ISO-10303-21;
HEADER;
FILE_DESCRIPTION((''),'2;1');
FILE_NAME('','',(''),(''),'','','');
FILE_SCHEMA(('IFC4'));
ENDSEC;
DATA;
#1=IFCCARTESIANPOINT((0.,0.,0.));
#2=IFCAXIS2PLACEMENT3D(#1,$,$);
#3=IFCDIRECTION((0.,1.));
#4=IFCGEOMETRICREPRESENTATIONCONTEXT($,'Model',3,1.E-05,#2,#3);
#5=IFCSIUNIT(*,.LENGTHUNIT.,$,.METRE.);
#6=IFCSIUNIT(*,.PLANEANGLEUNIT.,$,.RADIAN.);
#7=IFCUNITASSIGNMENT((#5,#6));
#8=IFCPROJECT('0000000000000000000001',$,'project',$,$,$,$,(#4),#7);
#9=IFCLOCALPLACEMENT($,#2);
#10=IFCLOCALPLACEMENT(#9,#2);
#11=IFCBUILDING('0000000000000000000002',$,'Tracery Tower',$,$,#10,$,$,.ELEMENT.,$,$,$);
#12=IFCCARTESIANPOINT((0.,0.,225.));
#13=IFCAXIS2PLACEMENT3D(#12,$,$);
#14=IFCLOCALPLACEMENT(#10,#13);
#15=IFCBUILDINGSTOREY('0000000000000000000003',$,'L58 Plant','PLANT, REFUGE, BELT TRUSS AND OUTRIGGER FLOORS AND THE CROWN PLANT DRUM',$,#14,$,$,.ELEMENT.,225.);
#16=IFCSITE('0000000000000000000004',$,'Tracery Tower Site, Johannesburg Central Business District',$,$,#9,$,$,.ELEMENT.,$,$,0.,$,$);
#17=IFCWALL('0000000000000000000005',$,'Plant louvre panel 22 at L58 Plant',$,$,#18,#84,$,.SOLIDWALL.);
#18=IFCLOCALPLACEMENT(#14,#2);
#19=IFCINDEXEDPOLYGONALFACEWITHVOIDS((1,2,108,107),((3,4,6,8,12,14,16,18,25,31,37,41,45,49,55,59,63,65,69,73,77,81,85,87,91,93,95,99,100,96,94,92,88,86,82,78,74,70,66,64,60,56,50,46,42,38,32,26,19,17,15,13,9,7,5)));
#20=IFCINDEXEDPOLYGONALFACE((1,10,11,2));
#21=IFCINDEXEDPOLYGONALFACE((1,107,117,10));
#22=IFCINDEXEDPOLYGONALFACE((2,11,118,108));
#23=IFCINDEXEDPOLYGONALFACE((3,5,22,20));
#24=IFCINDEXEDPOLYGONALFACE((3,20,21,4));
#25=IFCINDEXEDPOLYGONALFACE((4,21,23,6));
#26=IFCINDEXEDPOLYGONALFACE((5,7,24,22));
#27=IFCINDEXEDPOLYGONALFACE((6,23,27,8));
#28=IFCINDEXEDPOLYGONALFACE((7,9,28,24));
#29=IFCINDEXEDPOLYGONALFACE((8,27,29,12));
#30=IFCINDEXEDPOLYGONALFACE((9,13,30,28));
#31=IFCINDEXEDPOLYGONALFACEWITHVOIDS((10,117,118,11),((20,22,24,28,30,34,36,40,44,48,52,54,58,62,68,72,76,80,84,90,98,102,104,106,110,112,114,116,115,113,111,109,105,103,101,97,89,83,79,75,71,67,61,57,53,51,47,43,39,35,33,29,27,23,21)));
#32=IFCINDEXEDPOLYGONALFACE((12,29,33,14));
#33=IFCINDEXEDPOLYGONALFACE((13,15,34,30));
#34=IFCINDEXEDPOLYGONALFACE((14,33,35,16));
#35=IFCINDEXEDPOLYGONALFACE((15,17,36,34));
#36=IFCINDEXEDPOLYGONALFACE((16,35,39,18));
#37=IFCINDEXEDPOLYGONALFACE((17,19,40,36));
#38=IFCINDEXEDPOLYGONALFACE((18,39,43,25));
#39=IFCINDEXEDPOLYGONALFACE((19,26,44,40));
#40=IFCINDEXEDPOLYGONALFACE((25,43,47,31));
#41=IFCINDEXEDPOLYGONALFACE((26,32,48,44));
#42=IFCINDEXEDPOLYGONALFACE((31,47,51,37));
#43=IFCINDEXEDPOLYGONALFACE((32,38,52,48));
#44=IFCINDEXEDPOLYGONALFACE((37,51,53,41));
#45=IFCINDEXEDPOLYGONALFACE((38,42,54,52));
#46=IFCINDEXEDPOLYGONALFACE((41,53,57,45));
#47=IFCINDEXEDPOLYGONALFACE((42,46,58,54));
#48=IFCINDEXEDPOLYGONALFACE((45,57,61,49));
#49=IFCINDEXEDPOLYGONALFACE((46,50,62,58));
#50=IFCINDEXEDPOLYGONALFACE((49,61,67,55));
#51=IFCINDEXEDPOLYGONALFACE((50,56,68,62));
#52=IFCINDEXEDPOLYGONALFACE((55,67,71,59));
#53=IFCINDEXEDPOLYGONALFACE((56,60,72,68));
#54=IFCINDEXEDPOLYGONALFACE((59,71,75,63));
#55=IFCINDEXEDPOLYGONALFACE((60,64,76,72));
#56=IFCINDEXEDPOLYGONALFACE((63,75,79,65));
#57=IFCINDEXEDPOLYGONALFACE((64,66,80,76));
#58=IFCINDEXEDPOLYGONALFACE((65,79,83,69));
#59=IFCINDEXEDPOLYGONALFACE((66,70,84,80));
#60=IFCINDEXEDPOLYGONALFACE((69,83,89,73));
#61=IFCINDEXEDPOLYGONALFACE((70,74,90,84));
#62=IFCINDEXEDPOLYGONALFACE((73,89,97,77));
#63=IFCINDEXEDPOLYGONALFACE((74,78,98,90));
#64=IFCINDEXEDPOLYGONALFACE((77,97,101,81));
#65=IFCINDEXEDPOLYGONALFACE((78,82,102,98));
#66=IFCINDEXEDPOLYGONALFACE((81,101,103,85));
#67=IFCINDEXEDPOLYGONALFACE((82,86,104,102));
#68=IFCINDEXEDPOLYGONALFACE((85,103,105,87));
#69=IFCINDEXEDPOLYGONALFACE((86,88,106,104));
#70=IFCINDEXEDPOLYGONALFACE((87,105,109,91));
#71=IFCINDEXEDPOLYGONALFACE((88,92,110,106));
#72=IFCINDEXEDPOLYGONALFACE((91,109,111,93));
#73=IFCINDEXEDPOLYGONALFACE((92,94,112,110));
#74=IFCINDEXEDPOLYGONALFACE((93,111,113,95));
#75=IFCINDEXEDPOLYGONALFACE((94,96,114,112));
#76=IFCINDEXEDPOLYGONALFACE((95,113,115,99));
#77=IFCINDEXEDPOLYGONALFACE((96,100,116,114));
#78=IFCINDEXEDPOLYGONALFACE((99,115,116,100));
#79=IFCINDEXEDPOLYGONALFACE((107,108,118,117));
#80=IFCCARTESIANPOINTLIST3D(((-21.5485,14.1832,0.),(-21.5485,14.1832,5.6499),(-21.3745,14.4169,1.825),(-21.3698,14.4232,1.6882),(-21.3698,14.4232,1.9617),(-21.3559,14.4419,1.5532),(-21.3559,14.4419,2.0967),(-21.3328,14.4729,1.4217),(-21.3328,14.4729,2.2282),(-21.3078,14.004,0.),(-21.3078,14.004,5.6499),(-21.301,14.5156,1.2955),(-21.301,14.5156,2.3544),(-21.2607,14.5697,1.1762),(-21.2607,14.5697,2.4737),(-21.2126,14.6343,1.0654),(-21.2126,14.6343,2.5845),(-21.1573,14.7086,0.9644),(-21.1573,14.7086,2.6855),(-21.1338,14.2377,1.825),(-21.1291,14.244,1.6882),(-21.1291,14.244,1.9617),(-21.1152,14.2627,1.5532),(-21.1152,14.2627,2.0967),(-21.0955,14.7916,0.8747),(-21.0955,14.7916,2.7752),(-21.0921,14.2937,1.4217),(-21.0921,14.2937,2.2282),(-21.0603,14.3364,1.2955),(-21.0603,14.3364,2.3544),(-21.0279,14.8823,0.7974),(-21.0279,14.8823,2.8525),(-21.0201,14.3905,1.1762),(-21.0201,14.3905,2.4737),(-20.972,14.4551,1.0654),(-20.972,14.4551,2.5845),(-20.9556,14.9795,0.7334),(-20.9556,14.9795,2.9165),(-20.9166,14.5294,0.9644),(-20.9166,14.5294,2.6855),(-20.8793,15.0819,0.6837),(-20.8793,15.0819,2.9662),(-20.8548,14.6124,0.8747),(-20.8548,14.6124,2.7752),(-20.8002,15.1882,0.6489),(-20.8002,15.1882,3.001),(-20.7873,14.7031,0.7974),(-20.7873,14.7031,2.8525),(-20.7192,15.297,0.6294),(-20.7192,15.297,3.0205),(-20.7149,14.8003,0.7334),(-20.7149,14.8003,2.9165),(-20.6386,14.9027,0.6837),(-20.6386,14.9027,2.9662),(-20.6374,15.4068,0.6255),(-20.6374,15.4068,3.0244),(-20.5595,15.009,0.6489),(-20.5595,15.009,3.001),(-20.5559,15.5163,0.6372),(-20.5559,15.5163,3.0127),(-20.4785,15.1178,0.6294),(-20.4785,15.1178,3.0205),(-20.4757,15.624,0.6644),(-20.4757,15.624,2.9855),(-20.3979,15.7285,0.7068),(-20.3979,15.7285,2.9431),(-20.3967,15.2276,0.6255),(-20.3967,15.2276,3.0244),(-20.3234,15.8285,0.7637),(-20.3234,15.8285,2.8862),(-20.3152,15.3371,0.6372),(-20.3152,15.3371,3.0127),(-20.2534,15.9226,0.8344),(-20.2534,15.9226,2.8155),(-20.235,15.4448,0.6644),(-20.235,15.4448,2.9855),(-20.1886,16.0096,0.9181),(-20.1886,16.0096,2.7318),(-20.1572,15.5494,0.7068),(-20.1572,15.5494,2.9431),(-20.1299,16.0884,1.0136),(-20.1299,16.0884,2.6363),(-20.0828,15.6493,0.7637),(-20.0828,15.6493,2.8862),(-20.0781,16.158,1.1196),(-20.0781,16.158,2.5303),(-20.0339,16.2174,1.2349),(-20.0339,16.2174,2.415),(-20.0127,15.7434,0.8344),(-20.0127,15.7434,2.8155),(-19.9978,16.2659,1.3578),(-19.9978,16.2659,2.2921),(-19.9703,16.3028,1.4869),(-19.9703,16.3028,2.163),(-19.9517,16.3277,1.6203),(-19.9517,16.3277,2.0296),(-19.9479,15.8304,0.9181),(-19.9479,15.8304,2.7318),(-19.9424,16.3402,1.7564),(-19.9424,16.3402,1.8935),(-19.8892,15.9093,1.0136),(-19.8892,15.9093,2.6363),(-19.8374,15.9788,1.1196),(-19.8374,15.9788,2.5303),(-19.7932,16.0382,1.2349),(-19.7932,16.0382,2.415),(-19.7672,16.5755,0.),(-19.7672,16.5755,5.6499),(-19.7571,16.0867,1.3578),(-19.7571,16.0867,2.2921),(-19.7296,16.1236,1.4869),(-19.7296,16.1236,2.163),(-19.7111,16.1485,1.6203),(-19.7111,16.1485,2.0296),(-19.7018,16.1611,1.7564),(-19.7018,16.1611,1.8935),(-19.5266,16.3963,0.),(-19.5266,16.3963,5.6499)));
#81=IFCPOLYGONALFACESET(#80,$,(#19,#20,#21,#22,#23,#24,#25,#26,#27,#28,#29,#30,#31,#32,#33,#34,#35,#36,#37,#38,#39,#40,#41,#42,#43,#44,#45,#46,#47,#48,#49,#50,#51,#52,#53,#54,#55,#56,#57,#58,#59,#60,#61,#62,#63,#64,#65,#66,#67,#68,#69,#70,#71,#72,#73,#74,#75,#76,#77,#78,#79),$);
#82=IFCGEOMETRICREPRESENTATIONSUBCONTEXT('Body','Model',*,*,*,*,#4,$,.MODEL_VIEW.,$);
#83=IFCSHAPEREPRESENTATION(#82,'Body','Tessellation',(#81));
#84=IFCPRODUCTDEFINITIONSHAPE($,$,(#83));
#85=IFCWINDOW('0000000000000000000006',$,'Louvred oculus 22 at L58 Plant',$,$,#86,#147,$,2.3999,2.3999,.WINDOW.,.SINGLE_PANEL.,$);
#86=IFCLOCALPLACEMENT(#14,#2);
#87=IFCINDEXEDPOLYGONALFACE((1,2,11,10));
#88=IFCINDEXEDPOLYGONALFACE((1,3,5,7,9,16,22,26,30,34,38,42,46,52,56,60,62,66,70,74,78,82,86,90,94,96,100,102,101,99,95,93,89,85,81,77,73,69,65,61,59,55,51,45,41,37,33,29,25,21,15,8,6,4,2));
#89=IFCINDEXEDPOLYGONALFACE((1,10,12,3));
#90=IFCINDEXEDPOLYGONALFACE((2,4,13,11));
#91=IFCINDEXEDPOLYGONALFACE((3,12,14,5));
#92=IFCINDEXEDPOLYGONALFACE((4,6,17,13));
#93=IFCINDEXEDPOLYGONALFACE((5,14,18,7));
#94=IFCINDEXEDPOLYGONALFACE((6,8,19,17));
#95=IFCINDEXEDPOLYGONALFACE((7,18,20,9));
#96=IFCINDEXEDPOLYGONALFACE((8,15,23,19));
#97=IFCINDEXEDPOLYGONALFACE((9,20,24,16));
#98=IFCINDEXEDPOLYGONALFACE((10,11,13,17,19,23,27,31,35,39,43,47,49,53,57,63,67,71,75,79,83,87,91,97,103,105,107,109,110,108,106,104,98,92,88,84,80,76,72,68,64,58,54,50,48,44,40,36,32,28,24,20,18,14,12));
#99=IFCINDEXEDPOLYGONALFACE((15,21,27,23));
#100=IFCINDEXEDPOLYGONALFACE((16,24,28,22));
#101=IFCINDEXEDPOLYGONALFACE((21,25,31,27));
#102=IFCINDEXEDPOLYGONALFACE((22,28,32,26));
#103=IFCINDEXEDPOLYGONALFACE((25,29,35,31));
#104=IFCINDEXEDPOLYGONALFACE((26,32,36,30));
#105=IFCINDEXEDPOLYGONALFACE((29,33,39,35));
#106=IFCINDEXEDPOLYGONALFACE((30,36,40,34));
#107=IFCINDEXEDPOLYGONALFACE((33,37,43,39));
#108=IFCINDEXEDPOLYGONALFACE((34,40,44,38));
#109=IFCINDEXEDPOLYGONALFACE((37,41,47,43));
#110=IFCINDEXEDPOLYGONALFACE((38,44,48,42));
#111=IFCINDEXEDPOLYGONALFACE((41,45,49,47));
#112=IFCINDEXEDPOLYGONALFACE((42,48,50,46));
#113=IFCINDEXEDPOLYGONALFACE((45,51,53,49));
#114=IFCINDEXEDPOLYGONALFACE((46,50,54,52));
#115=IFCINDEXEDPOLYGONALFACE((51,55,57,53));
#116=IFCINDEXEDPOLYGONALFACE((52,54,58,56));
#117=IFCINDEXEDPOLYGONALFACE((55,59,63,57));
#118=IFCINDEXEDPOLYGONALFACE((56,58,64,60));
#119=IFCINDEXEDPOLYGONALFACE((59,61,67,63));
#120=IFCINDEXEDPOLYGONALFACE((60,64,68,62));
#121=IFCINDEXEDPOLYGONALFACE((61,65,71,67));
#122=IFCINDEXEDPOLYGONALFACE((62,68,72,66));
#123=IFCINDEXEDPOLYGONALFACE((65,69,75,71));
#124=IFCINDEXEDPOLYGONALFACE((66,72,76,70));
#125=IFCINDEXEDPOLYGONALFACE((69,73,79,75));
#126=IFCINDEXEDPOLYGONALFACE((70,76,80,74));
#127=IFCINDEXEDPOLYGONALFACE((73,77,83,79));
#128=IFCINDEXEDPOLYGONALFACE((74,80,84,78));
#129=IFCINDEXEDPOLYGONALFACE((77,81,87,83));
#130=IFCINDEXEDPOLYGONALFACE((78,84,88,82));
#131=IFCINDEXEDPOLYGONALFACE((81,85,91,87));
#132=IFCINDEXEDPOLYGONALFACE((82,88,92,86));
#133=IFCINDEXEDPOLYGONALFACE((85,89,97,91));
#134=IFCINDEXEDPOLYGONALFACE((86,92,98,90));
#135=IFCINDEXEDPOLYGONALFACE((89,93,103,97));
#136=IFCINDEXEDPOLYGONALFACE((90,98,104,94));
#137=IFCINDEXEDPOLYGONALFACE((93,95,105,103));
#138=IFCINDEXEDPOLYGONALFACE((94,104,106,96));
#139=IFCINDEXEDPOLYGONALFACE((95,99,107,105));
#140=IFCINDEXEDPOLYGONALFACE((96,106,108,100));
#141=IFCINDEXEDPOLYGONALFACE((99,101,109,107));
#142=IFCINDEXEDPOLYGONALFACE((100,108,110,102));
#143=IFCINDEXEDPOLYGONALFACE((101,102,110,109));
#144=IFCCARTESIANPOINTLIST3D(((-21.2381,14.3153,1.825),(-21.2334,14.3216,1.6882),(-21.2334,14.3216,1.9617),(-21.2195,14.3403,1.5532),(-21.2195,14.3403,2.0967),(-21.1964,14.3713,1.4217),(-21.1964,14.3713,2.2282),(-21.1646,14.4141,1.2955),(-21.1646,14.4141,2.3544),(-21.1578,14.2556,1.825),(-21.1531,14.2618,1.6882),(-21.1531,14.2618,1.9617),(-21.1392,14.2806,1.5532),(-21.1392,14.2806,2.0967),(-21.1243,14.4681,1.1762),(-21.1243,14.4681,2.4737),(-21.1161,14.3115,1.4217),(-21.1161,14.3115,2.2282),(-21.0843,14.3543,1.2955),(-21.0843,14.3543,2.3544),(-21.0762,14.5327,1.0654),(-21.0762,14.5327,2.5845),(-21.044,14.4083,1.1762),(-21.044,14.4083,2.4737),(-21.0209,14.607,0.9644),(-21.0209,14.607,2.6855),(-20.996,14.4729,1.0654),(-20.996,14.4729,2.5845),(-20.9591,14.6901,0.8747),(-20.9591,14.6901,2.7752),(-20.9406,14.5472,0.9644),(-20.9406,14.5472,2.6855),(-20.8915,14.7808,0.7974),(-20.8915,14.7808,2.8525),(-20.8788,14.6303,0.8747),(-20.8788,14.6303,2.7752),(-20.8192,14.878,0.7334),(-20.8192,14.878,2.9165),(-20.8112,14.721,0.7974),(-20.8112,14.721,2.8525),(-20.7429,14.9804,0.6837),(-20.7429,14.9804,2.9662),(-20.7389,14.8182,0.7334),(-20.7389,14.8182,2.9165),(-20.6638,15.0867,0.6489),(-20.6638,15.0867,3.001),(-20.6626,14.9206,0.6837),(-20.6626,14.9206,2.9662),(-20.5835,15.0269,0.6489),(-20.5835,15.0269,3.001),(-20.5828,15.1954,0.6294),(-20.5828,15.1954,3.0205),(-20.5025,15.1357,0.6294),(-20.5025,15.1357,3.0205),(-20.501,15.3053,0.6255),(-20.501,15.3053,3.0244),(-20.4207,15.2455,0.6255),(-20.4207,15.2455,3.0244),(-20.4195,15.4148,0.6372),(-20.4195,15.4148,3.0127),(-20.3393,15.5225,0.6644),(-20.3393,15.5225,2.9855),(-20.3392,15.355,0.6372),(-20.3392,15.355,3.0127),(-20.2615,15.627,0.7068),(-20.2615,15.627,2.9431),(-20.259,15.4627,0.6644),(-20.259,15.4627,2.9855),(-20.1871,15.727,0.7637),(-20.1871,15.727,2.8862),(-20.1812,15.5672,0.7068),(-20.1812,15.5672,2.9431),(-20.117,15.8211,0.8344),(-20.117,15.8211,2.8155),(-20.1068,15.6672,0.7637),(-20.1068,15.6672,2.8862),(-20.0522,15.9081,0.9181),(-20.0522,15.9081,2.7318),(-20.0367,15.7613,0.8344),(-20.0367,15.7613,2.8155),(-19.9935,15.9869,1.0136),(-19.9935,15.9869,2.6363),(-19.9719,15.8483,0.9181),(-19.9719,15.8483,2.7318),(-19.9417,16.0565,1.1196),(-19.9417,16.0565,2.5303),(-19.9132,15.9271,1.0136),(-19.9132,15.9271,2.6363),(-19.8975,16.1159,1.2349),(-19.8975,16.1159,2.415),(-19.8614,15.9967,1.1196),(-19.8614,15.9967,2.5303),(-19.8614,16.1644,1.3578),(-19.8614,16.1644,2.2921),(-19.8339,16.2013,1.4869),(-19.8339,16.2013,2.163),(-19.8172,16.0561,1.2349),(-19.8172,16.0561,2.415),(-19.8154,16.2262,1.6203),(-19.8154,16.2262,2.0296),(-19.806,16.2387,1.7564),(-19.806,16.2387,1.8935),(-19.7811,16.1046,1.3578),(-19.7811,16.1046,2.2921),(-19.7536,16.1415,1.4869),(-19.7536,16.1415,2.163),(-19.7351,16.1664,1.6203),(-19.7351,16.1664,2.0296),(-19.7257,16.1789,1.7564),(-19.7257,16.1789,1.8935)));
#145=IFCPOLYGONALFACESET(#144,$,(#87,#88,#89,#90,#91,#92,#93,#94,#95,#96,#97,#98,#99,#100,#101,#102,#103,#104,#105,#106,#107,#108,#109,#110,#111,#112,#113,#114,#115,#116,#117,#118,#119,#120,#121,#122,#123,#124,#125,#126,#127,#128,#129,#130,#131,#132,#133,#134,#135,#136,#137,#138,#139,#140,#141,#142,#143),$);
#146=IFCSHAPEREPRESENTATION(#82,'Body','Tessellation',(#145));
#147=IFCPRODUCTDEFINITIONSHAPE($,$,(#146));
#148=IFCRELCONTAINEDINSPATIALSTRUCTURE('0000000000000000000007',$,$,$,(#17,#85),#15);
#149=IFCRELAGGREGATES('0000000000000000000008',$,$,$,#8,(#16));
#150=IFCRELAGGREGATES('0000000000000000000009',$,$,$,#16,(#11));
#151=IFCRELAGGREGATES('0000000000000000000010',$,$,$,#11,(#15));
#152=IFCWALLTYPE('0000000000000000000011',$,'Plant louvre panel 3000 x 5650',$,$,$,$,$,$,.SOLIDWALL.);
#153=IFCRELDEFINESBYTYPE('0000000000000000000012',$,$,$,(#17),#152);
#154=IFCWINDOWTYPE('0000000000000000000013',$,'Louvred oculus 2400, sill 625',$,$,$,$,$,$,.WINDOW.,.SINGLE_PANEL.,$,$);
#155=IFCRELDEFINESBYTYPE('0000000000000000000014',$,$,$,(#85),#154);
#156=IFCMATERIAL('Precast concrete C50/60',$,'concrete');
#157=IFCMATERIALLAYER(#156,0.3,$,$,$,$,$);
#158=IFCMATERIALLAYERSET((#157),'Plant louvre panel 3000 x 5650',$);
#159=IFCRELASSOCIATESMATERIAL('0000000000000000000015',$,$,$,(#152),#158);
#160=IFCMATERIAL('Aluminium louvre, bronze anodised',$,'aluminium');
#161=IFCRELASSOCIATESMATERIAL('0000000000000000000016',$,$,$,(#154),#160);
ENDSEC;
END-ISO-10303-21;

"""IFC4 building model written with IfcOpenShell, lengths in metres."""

from ifc_helpers import new_model, si_unit, direction, frame, frame_2d, origin, origin_2d, place, context, subcontext, project, spatial, rectangle, circle, extrude, material, layer, layer_set, type_object, element, fill, save


model = new_model("IFC4")

# Units and contexts
model_context = context("Model", 3, precision=1e-05, world=origin(), true_north=direction((0.0, 1.0)))
body_context = subcontext(model_context, "Body", "Model", "MODEL_VIEW")
ifc_project = project(units=[si_unit("LENGTHUNIT", "METRE"), si_unit("PLANEANGLEUNIT", "RADIAN")], contexts=[model_context])

# Site, building, storey
site_placement = place(None, origin())
site = spatial("IfcSite", under=ifc_project, at=site_placement, Name="Tracery Tower Site, Johannesburg Central Business District", CompositionType="ELEMENT", RefElevation=0.0)
building_placement = place(site_placement, origin())
building = spatial("IfcBuilding", under=site, at=building_placement, Name="Tracery Tower", CompositionType="ELEMENT")
storey_placement = place(building_placement, frame((0.0, 0.0, 225.0)))
storey = spatial("IfcBuildingStorey", under=building, at=storey_placement, Name="L58 Plant", Description="PLANT, REFUGE, BELT TRUSS AND OUTRIGGER FLOORS AND THE CROWN PLANT DRUM", CompositionType="ELEMENT", Elevation=225.0)

# Wall, opening, window
ifc_material_1 = material(Name="Precast concrete C50/60", Category="concrete")
ifc_layer_1 = layer(ifc_material_1, 0.3)
ifc_layer_set_1 = layer_set([ifc_layer_1], Name="Plant louvre panel 3000 x 5650")
wall_type_1 = type_object("IfcWallType", Name="Plant louvre panel 3000 x 5650", PredefinedType="SOLIDWALL", material=ifc_layer_set_1)
ifc_material_2 = material(Name="Aluminium louvre, bronze anodised", Category="aluminium")
window_type = type_object("IfcWindowType", Name="Louvred oculus 2400, sill 625", PartitioningType="SINGLE_PANEL", PredefinedType="WINDOW", material=ifc_material_2)
wall_1_placement = place(storey_placement, frame((-19.647, 16.4858, 0.0), z_axis=(0.0, 0.0, 1.0), x_axis=(-0.597207, -0.802087, 0.0)))
wall_1 = element("IfcWall", 1, at=wall_1_placement, inside=storey, type_object=wall_type_1, Name="Plant louvre panel 22 at L58 Plant", PredefinedType="SOLIDWALL", context=body_context, shape_type="SweptSolid", body=[
    extrude(rectangle(XDim=2.9827, YDim=0.3, at=frame_2d((1.4912, 0.0))), origin(), (0.0, 0.0, 1.0), 5.6499),
])
opening_1_placement = place(wall_1_placement, frame((1.4912, 0.0, 1.825)))
opening_1 = element("IfcOpeningElement", 2, at=opening_1_placement, cuts=wall_1, PredefinedType="OPENING", context=body_context, shape_type="SweptSolid", body=[
    extrude(circle(Radius=1.2, at=origin_2d()), frame((0.0, 0.1599, 0.0), z_axis=(0.0, -1.0, 0.0), x_axis=(1.0, 0.0, 0.0)), (0.0, 0.0, 1.0), 0.3201),
])
window_1_placement = place(opening_1_placement, origin())
window_1 = element("IfcWindow", 3, at=window_1_placement, inside=storey, type_object=window_type, Name="Louvred oculus 22 at L58 Plant", OverallHeight=2.3999, OverallWidth=2.3999, PartitioningType="SINGLE_PANEL", PredefinedType="WINDOW", context=body_context, shape_type="SweptSolid", body=[
    extrude(circle(Radius=1.2, at=origin_2d()), frame((0.0, 0.1201, 0.0), z_axis=(0.0, -1.0, 0.0), x_axis=(1.0, 0.0, 0.0)), (0.0, 0.0, 1.0), 0.1001),
])
fill(opening_1, window_1)

save(model, "model.ifc")
